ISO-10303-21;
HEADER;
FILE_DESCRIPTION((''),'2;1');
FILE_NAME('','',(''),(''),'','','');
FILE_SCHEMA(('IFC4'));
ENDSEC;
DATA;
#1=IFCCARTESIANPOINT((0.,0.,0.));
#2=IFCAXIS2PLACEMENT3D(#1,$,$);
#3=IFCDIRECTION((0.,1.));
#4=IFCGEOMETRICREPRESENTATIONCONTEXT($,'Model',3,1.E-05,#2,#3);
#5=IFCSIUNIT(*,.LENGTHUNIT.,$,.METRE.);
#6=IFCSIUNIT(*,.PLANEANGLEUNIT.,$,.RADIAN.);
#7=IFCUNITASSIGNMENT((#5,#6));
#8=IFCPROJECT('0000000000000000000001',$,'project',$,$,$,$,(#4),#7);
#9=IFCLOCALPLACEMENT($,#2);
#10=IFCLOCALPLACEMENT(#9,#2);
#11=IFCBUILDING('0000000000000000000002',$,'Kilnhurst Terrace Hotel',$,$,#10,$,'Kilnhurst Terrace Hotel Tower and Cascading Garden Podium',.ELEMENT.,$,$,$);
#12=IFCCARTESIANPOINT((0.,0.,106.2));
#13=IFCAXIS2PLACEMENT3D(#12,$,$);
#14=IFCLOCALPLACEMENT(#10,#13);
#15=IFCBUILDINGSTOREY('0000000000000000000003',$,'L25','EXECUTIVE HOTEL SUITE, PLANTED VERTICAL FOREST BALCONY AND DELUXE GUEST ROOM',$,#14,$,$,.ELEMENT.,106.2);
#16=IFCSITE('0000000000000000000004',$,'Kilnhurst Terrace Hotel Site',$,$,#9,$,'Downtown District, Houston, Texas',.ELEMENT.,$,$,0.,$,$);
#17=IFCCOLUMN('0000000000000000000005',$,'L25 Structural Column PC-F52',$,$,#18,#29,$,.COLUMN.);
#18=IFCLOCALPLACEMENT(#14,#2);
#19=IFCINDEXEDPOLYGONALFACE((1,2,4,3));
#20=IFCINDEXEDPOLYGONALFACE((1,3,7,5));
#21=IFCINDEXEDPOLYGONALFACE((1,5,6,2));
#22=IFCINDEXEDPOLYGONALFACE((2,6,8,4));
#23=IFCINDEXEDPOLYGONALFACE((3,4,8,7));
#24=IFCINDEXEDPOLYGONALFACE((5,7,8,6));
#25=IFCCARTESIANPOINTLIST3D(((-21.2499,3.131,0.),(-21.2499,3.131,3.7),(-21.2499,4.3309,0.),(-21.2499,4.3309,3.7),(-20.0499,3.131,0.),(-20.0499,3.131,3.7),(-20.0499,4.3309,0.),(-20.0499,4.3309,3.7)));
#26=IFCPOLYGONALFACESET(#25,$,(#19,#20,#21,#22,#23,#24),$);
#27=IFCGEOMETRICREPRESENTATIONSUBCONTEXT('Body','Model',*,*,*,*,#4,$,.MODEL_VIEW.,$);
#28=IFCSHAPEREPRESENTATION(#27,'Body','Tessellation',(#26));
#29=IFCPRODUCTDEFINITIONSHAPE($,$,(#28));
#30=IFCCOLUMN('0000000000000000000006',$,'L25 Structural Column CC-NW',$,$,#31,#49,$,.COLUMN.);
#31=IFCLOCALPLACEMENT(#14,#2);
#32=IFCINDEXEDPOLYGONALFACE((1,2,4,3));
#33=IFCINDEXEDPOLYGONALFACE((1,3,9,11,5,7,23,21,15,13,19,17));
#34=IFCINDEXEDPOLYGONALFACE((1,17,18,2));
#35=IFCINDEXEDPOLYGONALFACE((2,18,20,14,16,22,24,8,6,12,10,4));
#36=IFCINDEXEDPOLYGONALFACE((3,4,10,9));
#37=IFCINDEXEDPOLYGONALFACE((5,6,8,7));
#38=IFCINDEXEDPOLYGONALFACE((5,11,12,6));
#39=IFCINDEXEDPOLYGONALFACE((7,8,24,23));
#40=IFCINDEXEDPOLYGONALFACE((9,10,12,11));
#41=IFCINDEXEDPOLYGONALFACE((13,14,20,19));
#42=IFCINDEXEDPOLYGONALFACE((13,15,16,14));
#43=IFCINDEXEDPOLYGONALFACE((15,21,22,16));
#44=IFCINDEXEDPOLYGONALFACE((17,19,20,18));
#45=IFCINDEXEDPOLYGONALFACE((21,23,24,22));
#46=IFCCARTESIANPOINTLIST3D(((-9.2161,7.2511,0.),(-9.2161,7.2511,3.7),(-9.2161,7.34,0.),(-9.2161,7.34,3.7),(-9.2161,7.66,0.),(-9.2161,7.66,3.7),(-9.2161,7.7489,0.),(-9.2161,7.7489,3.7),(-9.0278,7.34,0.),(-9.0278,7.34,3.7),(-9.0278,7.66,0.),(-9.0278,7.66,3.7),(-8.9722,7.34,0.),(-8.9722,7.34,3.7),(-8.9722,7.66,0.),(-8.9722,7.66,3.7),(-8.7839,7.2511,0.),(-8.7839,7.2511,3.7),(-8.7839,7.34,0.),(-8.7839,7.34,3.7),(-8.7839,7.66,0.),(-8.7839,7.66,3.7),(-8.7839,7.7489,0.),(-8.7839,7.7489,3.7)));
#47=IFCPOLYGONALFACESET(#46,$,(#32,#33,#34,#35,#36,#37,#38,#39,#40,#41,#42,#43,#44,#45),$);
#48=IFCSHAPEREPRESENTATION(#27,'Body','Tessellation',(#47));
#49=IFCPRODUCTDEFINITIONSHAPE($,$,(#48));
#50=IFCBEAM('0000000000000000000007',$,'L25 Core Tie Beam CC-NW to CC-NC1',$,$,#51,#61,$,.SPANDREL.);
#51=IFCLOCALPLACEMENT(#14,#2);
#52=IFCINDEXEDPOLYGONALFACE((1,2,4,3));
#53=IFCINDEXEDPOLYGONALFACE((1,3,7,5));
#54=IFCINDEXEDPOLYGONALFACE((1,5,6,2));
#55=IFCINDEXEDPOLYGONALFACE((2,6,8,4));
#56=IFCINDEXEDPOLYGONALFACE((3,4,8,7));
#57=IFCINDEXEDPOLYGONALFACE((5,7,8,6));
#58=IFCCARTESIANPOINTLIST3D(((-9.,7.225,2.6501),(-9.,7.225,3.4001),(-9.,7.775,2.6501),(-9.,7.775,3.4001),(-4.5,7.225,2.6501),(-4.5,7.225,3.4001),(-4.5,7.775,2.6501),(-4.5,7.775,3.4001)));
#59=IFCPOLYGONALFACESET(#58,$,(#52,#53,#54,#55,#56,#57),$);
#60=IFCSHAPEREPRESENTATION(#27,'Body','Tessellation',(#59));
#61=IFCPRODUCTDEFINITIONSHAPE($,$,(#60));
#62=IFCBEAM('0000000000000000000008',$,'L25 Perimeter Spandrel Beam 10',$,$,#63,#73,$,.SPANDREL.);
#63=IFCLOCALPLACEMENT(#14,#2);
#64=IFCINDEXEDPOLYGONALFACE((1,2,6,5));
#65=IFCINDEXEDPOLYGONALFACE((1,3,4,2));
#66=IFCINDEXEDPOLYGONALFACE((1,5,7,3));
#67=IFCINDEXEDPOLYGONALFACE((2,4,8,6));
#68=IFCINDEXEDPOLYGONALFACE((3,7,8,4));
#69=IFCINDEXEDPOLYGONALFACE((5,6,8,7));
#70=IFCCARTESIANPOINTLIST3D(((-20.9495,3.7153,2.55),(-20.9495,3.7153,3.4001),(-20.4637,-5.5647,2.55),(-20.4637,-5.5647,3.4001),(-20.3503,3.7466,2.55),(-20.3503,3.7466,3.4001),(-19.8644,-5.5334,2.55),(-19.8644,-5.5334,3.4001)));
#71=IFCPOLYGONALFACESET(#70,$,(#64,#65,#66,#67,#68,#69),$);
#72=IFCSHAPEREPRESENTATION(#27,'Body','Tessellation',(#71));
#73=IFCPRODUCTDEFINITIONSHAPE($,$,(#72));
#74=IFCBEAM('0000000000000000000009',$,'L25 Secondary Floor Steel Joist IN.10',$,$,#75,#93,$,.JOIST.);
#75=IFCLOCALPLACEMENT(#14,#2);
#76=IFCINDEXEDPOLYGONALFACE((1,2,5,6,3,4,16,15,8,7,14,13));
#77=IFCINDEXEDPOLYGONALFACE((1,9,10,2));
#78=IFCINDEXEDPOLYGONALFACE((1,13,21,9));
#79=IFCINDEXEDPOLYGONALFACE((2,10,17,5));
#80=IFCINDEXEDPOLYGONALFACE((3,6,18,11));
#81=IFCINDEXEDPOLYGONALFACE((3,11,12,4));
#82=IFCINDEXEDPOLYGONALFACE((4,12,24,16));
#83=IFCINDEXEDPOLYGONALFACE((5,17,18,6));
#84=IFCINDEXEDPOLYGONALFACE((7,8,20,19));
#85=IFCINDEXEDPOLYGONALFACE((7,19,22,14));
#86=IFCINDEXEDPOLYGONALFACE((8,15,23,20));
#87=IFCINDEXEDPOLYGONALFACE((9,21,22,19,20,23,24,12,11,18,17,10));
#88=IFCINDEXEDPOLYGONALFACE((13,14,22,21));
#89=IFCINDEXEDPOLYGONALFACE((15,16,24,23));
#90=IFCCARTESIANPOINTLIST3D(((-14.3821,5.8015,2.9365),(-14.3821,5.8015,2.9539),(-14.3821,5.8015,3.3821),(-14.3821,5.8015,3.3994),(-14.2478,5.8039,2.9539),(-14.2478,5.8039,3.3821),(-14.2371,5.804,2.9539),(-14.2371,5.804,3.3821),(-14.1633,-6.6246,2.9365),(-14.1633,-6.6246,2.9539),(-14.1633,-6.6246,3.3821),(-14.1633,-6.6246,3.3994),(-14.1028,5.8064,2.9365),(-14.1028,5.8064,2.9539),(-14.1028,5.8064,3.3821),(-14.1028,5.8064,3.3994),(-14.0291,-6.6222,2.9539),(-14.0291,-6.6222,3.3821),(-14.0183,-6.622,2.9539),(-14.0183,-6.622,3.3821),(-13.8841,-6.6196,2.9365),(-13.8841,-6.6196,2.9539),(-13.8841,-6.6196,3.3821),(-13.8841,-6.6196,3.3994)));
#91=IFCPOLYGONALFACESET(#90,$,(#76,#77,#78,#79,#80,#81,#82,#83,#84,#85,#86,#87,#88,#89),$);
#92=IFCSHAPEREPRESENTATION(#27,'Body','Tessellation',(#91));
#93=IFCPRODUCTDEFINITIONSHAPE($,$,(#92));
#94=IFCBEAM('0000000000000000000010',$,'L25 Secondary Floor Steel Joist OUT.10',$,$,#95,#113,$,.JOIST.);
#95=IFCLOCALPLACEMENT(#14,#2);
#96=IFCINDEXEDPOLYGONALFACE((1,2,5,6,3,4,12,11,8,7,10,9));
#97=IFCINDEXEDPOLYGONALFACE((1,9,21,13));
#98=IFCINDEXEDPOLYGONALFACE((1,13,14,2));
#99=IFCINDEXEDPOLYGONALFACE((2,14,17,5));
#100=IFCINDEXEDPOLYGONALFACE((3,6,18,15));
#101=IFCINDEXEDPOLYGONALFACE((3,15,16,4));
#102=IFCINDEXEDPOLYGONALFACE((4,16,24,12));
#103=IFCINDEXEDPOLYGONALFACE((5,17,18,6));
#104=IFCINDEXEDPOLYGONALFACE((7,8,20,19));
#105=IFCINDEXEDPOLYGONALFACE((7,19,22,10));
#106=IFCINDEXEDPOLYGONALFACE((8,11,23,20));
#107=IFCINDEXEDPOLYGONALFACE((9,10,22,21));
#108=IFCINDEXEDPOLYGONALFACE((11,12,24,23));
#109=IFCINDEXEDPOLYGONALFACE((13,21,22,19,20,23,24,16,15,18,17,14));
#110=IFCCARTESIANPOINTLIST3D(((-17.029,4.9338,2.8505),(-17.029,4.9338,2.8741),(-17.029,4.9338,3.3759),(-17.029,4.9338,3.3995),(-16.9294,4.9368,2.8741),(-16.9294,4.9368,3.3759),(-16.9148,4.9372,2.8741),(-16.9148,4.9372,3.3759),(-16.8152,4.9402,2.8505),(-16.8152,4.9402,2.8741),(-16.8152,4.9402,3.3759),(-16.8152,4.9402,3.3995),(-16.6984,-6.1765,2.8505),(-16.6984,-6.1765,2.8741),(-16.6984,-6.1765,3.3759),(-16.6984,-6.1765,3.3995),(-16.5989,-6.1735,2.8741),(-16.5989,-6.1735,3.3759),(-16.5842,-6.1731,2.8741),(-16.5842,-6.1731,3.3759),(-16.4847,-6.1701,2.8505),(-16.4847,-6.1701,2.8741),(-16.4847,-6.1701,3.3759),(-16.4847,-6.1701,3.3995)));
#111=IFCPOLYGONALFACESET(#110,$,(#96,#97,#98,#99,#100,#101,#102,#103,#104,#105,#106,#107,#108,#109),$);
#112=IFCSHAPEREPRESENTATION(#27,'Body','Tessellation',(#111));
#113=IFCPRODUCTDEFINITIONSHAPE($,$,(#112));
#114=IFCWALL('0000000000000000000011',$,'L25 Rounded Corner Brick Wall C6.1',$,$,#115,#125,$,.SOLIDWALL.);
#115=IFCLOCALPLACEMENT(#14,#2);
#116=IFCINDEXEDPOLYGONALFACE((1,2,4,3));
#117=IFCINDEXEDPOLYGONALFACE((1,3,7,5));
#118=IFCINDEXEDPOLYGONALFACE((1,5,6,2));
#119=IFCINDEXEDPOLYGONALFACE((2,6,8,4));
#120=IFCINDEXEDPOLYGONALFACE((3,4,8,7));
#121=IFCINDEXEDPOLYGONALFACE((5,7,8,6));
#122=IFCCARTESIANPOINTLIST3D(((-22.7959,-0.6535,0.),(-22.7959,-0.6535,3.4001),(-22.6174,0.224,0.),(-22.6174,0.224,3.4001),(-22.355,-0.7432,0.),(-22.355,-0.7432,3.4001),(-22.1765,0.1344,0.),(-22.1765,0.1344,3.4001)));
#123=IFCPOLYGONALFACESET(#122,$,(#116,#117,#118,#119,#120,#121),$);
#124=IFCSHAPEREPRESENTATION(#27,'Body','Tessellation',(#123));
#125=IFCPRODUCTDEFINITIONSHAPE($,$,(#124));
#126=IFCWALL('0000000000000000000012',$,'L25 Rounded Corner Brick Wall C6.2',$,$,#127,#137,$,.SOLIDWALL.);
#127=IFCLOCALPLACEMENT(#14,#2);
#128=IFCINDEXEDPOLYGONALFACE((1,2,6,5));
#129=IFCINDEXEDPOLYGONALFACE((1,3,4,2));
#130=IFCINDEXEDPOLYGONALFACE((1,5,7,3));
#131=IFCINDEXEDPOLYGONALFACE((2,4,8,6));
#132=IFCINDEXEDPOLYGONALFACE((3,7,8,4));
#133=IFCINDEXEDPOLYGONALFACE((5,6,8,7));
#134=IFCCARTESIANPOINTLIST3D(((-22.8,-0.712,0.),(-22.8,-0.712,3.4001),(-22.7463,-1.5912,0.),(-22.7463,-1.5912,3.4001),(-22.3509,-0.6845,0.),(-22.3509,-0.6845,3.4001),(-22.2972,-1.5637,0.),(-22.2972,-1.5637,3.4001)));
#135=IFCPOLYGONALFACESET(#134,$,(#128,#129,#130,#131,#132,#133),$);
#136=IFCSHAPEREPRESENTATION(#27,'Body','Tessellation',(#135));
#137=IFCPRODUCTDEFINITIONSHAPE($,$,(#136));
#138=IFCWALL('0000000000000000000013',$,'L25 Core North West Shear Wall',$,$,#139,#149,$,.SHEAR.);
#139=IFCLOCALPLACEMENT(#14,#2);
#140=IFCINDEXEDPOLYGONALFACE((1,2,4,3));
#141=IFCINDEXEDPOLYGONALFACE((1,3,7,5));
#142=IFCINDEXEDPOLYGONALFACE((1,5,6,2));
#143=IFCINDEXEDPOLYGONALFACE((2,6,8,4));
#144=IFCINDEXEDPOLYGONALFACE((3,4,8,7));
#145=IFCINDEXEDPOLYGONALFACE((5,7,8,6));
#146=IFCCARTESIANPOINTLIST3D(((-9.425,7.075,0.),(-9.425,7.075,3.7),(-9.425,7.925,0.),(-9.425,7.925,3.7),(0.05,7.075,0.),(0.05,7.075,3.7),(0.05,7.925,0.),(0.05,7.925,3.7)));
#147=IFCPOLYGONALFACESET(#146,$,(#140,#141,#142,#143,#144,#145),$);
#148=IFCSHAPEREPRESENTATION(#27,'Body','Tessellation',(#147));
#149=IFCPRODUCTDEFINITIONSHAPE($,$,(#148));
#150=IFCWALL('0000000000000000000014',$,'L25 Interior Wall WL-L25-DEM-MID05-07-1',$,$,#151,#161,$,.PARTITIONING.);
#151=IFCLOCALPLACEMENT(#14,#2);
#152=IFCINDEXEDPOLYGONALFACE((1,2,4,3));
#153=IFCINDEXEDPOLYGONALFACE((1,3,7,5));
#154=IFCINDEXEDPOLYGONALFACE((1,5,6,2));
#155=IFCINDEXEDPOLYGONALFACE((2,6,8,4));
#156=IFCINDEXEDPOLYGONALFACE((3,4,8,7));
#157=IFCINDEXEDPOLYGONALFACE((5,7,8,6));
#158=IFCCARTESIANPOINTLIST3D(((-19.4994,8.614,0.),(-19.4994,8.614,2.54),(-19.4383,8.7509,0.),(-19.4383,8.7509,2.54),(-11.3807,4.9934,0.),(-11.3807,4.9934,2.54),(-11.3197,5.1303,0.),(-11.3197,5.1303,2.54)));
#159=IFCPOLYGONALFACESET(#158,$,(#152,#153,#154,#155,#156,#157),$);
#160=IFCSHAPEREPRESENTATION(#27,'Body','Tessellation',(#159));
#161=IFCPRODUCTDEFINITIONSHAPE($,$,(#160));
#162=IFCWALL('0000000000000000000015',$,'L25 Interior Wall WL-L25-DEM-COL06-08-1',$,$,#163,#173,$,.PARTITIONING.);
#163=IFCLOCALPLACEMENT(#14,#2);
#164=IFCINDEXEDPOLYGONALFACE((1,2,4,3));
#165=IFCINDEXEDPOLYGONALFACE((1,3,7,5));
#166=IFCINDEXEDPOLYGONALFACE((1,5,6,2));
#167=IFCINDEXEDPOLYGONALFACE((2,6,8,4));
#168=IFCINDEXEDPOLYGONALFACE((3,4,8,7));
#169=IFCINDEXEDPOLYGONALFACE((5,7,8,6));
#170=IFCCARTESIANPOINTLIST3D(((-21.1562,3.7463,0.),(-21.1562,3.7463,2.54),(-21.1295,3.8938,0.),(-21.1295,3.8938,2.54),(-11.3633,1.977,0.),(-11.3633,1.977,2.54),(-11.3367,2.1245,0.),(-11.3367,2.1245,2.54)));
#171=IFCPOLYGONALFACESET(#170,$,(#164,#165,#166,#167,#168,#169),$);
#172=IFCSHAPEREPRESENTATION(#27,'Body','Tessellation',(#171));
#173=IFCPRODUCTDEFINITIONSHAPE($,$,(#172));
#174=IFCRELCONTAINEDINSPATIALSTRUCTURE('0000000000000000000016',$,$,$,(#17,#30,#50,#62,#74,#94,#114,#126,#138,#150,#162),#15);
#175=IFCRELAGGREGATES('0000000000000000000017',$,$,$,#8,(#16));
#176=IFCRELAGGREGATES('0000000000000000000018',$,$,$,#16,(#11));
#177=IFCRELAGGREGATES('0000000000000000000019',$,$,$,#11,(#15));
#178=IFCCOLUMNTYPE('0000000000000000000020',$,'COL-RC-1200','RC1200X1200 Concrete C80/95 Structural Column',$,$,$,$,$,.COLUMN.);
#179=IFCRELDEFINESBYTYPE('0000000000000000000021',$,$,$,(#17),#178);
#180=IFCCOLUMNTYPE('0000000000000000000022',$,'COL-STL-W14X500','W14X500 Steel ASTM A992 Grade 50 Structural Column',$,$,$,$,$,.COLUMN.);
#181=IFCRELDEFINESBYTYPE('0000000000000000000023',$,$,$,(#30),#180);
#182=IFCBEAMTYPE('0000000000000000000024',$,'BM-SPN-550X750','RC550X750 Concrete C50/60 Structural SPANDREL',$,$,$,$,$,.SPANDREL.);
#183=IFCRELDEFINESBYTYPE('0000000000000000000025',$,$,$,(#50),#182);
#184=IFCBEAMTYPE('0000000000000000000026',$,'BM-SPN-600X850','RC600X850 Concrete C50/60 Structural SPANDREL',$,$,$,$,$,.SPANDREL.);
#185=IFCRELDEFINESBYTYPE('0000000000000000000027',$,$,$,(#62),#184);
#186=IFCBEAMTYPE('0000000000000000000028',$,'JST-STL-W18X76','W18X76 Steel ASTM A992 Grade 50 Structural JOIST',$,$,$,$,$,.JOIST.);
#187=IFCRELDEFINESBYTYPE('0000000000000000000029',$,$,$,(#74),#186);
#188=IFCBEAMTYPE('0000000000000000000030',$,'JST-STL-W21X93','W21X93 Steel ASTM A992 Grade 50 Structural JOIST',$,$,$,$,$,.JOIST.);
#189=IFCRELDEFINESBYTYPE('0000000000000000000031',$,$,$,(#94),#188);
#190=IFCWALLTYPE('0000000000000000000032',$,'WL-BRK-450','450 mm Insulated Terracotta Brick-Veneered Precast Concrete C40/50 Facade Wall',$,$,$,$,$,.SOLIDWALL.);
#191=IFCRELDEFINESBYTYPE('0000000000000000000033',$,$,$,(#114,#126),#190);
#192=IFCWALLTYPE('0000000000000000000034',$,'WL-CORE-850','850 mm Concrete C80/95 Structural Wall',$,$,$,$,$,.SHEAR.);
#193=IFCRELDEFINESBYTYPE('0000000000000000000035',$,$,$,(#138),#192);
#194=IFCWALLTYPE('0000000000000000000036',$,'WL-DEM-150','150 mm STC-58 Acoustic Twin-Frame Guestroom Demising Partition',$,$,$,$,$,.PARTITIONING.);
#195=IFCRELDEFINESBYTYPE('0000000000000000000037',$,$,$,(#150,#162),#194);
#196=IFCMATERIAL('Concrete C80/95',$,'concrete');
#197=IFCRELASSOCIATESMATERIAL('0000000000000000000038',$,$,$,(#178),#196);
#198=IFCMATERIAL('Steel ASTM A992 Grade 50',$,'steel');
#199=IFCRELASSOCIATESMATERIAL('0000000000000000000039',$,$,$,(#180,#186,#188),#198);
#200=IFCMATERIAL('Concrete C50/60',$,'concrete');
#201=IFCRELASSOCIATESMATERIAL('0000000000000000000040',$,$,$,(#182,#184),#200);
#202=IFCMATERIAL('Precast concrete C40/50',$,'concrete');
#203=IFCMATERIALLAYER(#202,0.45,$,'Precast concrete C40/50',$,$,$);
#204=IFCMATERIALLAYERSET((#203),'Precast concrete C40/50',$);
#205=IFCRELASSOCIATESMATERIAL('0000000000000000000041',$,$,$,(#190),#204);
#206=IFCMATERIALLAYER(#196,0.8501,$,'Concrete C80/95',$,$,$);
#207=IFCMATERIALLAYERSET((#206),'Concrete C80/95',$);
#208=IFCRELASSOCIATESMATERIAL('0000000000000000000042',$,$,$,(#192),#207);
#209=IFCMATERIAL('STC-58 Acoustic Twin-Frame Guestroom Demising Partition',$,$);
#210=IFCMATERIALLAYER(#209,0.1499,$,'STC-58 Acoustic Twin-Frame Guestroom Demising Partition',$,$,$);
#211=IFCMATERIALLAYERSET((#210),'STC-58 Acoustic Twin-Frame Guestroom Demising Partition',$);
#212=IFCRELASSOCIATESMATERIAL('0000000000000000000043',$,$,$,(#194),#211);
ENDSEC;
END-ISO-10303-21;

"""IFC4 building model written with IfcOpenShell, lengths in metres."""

from ifc_helpers import new_model, si_unit, direction, frame, frame_2d, origin, origin_2d, place, context, subcontext, project, spatial, rectangle, i_section, extrude, material, layer, layer_set, material_profile, profile_set, type_object, element, save


model = new_model("IFC4")

# Units and contexts
model_context = context("Model", 3, precision=1e-05, world=origin(), true_north=direction((0.0, 1.0)))
body_context = subcontext(model_context, "Body", "Model", "MODEL_VIEW")
ifc_project = project(units=[si_unit("LENGTHUNIT", "METRE"), si_unit("PLANEANGLEUNIT", "RADIAN")], contexts=[model_context])

# Site, building, storey
site_placement = place(None, origin())
site = spatial("IfcSite", under=ifc_project, at=site_placement, Name="Kilnhurst Terrace Hotel Site", LongName="Downtown District, Houston, Texas", CompositionType="ELEMENT", RefElevation=0.0)
building_placement = place(site_placement, origin())
building = spatial("IfcBuilding", under=site, at=building_placement, Name="Kilnhurst Terrace Hotel", LongName="Kilnhurst Terrace Hotel Tower and Cascading Garden Podium", CompositionType="ELEMENT")
storey_placement = place(building_placement, frame((0.0, 0.0, 106.2)))
storey = spatial("IfcBuildingStorey", under=building, at=storey_placement, Name="L25", Description="EXECUTIVE HOTEL SUITE, PLANTED VERTICAL FOREST BALCONY AND DELUXE GUEST ROOM", CompositionType="ELEMENT", Elevation=106.2)

# Columns
ifc_material_1 = material(Name="Concrete C80/95", Category="concrete")
ifc_material_profile_1 = material_profile(ifc_material_1, rectangle(XDim=1.2, YDim=1.2, at=origin_2d()), Name="RC1200X1200")
ifc_profile_set_1 = profile_set([ifc_material_profile_1], Name="Concrete C80/95")
column_type_1 = type_object("IfcColumnType", Name="COL-RC-1200", Description="RC1200X1200 Concrete C80/95 Structural Column", PredefinedType="COLUMN", material=ifc_profile_set_1)
column_1_placement = place(storey_placement, frame((-20.6499, 3.731, 0.0), z_axis=(0.0, 0.0, 1.0), x_axis=(1.0, 0.0, 0.0)))
element("IfcColumn", 1, at=column_1_placement, inside=storey, type_object=column_type_1, Name="L25 Structural Column PC-F52", PredefinedType="COLUMN", context=body_context, shape_type="SweptSolid", body=[
    extrude(rectangle(XDim=1.2, YDim=1.2, at=origin_2d()), origin(), (0.0, 0.0, 1.0), 3.7),
])
ifc_material_2 = material(Name="Steel ASTM A992 Grade 50", Category="steel")
ifc_material_profile_2 = material_profile(ifc_material_2, i_section(OverallWidth=0.4321, OverallDepth=0.4978, WebThickness=0.0557, FlangeThickness=0.0889, at=origin_2d()), Name="W14X500")
ifc_profile_set_2 = profile_set([ifc_material_profile_2], Name="Steel ASTM A992 Grade 50")
column_type_2 = type_object("IfcColumnType", Name="COL-STL-W14X500", Description="W14X500 Steel ASTM A992 Grade 50 Structural Column", PredefinedType="COLUMN", material=ifc_profile_set_2)
column_2_placement = place(storey_placement, frame((-9.0, 7.5, 0.0), z_axis=(0.0, 0.0, 1.0), x_axis=(1.0, 0.0, 0.0)))
element("IfcColumn", 2, at=column_2_placement, inside=storey, type_object=column_type_2, Name="L25 Structural Column CC-NW", PredefinedType="COLUMN", context=body_context, shape_type="SweptSolid", body=[
    extrude(i_section(OverallWidth=0.4321, OverallDepth=0.4978, WebThickness=0.0557, FlangeThickness=0.0889, at=origin_2d()), origin(), (0.0, 0.0, 1.0), 3.7),
])

# Beams
ifc_material_3 = material(Name="Concrete C50/60", Category="concrete")
ifc_material_profile_3 = material_profile(ifc_material_3, rectangle(XDim=0.55, YDim=0.75, at=origin_2d()), Name="RC550X750")
ifc_profile_set_3 = profile_set([ifc_material_profile_3], Name="Concrete C50/60")
beam_type_1 = type_object("IfcBeamType", Name="BM-SPN-550X750", Description="RC550X750 Concrete C50/60 Structural SPANDREL", PredefinedType="SPANDREL", material=ifc_profile_set_3)
beam_1_placement = place(storey_placement, frame((-9.0, 7.5, 3.0251), z_axis=(1.0, 0.0, 0.0), x_axis=(0.0, 1.0, 0.0)))
element("IfcBeam", 3, at=beam_1_placement, inside=storey, type_object=beam_type_1, Name="L25 Core Tie Beam CC-NW to CC-NC1", PredefinedType="SPANDREL", context=body_context, shape_type="SweptSolid", body=[
    extrude(rectangle(XDim=0.55, YDim=0.75, at=origin_2d()), origin(), (0.0, 0.0, 1.0), 4.5),
])
ifc_material_profile_4 = material_profile(ifc_material_3, rectangle(XDim=0.6001, YDim=0.8501, at=origin_2d()), Name="RC600X850")
ifc_profile_set_4 = profile_set([ifc_material_profile_4], Name="Concrete C50/60")
beam_type_2 = type_object("IfcBeamType", Name="BM-SPN-600X850", Description="RC600X850 Concrete C50/60 Structural SPANDREL", PredefinedType="SPANDREL", material=ifc_profile_set_4)
beam_2_placement = place(storey_placement, frame((-20.6499, 3.731, 2.9751), z_axis=(0.052282, -0.998632, 0.0), x_axis=(0.998632, 0.052282, 0.0)))
element("IfcBeam", 4, at=beam_2_placement, inside=storey, type_object=beam_type_2, Name="L25 Perimeter Spandrel Beam 10", PredefinedType="SPANDREL", context=body_context, shape_type="SweptSolid", body=[
    extrude(rectangle(XDim=0.6001, YDim=0.8501, at=origin_2d()), origin(), (0.0, 0.0, 1.0), 9.2927),
])
ifc_material_profile_5 = material_profile(ifc_material_2, i_section(OverallWidth=0.2793, OverallDepth=0.4629, WebThickness=0.0107, FlangeThickness=0.0173, at=origin_2d()), Name="W18X76")
ifc_profile_set_5 = profile_set([ifc_material_profile_5], Name="Steel ASTM A992 Grade 50")
beam_type_3 = type_object("IfcBeamType", Name="JST-STL-W18X76", Description="W18X76 Steel ASTM A992 Grade 50 Structural JOIST", PredefinedType="JOIST", material=ifc_profile_set_5)
beam_3_placement = place(storey_placement, frame((-14.2424, 5.804, 3.168), z_axis=(0.017601, -0.999845, 0.0), x_axis=(0.999845, 0.017601, 0.0)))
element("IfcBeam", 5, at=beam_3_placement, inside=storey, type_object=beam_type_3, Name="L25 Secondary Floor Steel Joist IN.10", PredefinedType="JOIST", context=body_context, shape_type="SweptSolid", body=[
    extrude(i_section(OverallWidth=0.2793, OverallDepth=0.4629, WebThickness=0.0107, FlangeThickness=0.0173, at=origin_2d()), origin(), (0.0, 0.0, 1.0), 12.428),
])
ifc_material_profile_6 = material_profile(ifc_material_2, i_section(OverallWidth=0.2139, OverallDepth=0.5491, WebThickness=0.0146, FlangeThickness=0.0237, at=origin_2d()), Name="W21X93")
ifc_profile_set_6 = profile_set([ifc_material_profile_6], Name="Steel ASTM A992 Grade 50")
beam_type_4 = type_object("IfcBeamType", Name="JST-STL-W21X93", Description="W21X93 Steel ASTM A992 Grade 50 Structural JOIST", PredefinedType="JOIST", material=ifc_profile_set_6)
beam_4_placement = place(storey_placement, frame((-16.9221, 4.937, 3.125), z_axis=(0.02974, -0.999558, 0.0), x_axis=(0.999558, 0.02974, 0.0)))
element("IfcBeam", 6, at=beam_4_placement, inside=storey, type_object=beam_type_4, Name="L25 Secondary Floor Steel Joist OUT.10", PredefinedType="JOIST", context=body_context, shape_type="SweptSolid", body=[
    extrude(i_section(OverallWidth=0.2139, OverallDepth=0.5491, WebThickness=0.0146, FlangeThickness=0.0237, at=origin_2d()), origin(), (0.0, 0.0, 1.0), 11.1152),
])

# Walls
ifc_material_4 = material(Name="Precast concrete C40/50", Category="concrete")
ifc_layer_1 = layer(ifc_material_4, 0.45, Name="Precast concrete C40/50")
ifc_layer_set_1 = layer_set([ifc_layer_1], Name="Precast concrete C40/50")
wall_type_1 = type_object("IfcWallType", Name="WL-BRK-450", Description="450 mm Insulated Terracotta Brick-Veneered Precast Concrete C40/50 Facade Wall", PredefinedType="SOLIDWALL", material=ifc_layer_set_1)
wall_1_placement = place(storey_placement, frame((-22.397, 0.1792, 0.0), z_axis=(0.0, 0.0, 1.0), x_axis=(-0.199314, -0.979936, 0.0)))
element("IfcWall", 7, at=wall_1_placement, inside=storey, type_object=wall_type_1, Name="L25 Rounded Corner Brick Wall C6.1", PredefinedType="SOLIDWALL", context=body_context, shape_type="SweptSolid", body=[
    extrude(rectangle(XDim=0.8955, YDim=0.45, at=frame_2d((0.4478, 0.0))), origin(), (0.0, 0.0, 1.0), 3.4001),
])
wall_2_placement = place(storey_placement, frame((-22.5754, -0.6982, 0.0), z_axis=(0.0, 0.0, 1.0), x_axis=(0.06098, -0.998139, 0.0)))
element("IfcWall", 8, at=wall_2_placement, inside=storey, type_object=wall_type_1, Name="L25 Rounded Corner Brick Wall C6.2", PredefinedType="SOLIDWALL", context=body_context, shape_type="SweptSolid", body=[
    extrude(rectangle(XDim=0.8809, YDim=0.45, at=frame_2d((0.4404, 0.0))), origin(), (0.0, 0.0, 1.0), 3.4001),
])
ifc_layer_2 = layer(ifc_material_1, 0.8501, Name="Concrete C80/95")
ifc_layer_set_2 = layer_set([ifc_layer_2], Name="Concrete C80/95")
wall_type_2 = type_object("IfcWallType", Name="WL-CORE-850", Description="850 mm Concrete C80/95 Structural Wall", PredefinedType="SHEAR", material=ifc_layer_set_2)
wall_3_placement = place(storey_placement, frame((-9.425, 7.5, 0.0), z_axis=(0.0, 0.0, 1.0), x_axis=(1.0, 0.0, 0.0)))
element("IfcWall", 9, at=wall_3_placement, inside=storey, type_object=wall_type_2, Name="L25 Core North West Shear Wall", PredefinedType="SHEAR", context=body_context, shape_type="SweptSolid", body=[
    extrude(rectangle(XDim=9.4751, YDim=0.8501, at=frame_2d((4.7375, 0.0))), origin(), (0.0, 0.0, 1.0), 3.7),
])
ifc_material_5 = material(Name="STC-58 Acoustic Twin-Frame Guestroom Demising Partition")
ifc_layer_3 = layer(ifc_material_5, 0.1499, Name="STC-58 Acoustic Twin-Frame Guestroom Demising Partition")
ifc_layer_set_3 = layer_set([ifc_layer_3], Name="STC-58 Acoustic Twin-Frame Guestroom Demising Partition")
wall_type_3 = type_object("IfcWallType", Name="WL-DEM-150", Description="150 mm STC-58 Acoustic Twin-Frame Guestroom Demising Partition", PredefinedType="PARTITIONING", material=ifc_layer_set_3)
wall_4_placement = place(storey_placement, frame((-11.3501, 5.0618, 0.0), z_axis=(0.0, 0.0, 1.0), x_axis=(-0.913297, 0.407295, 0.0)))
element("IfcWall", 10, at=wall_4_placement, inside=storey, type_object=wall_type_3, Name="L25 Interior Wall WL-L25-DEM-MID05-07-1", PredefinedType="PARTITIONING", context=body_context, shape_type="SweptSolid", body=[
    extrude(rectangle(XDim=8.8894, YDim=0.1499, at=frame_2d((4.4448, 0.0))), origin(), (0.0, 0.0, 1.0), 2.54),
])
wall_5_placement = place(storey_placement, frame((-11.3501, 2.0508, 0.0), z_axis=(0.0, 0.0, 1.0), x_axis=(-0.984068, 0.177791, 0.0)))
element("IfcWall", 11, at=wall_5_placement, inside=storey, type_object=wall_type_3, Name="L25 Interior Wall WL-L25-DEM-COL06-08-1", PredefinedType="PARTITIONING", context=body_context, shape_type="SweptSolid", body=[
    extrude(rectangle(XDim=9.9514, YDim=0.1499, at=frame_2d((4.9756, 0.0))), origin(), (0.0, 0.0, 1.0), 2.54),
])

save(model, "model.ifc")
